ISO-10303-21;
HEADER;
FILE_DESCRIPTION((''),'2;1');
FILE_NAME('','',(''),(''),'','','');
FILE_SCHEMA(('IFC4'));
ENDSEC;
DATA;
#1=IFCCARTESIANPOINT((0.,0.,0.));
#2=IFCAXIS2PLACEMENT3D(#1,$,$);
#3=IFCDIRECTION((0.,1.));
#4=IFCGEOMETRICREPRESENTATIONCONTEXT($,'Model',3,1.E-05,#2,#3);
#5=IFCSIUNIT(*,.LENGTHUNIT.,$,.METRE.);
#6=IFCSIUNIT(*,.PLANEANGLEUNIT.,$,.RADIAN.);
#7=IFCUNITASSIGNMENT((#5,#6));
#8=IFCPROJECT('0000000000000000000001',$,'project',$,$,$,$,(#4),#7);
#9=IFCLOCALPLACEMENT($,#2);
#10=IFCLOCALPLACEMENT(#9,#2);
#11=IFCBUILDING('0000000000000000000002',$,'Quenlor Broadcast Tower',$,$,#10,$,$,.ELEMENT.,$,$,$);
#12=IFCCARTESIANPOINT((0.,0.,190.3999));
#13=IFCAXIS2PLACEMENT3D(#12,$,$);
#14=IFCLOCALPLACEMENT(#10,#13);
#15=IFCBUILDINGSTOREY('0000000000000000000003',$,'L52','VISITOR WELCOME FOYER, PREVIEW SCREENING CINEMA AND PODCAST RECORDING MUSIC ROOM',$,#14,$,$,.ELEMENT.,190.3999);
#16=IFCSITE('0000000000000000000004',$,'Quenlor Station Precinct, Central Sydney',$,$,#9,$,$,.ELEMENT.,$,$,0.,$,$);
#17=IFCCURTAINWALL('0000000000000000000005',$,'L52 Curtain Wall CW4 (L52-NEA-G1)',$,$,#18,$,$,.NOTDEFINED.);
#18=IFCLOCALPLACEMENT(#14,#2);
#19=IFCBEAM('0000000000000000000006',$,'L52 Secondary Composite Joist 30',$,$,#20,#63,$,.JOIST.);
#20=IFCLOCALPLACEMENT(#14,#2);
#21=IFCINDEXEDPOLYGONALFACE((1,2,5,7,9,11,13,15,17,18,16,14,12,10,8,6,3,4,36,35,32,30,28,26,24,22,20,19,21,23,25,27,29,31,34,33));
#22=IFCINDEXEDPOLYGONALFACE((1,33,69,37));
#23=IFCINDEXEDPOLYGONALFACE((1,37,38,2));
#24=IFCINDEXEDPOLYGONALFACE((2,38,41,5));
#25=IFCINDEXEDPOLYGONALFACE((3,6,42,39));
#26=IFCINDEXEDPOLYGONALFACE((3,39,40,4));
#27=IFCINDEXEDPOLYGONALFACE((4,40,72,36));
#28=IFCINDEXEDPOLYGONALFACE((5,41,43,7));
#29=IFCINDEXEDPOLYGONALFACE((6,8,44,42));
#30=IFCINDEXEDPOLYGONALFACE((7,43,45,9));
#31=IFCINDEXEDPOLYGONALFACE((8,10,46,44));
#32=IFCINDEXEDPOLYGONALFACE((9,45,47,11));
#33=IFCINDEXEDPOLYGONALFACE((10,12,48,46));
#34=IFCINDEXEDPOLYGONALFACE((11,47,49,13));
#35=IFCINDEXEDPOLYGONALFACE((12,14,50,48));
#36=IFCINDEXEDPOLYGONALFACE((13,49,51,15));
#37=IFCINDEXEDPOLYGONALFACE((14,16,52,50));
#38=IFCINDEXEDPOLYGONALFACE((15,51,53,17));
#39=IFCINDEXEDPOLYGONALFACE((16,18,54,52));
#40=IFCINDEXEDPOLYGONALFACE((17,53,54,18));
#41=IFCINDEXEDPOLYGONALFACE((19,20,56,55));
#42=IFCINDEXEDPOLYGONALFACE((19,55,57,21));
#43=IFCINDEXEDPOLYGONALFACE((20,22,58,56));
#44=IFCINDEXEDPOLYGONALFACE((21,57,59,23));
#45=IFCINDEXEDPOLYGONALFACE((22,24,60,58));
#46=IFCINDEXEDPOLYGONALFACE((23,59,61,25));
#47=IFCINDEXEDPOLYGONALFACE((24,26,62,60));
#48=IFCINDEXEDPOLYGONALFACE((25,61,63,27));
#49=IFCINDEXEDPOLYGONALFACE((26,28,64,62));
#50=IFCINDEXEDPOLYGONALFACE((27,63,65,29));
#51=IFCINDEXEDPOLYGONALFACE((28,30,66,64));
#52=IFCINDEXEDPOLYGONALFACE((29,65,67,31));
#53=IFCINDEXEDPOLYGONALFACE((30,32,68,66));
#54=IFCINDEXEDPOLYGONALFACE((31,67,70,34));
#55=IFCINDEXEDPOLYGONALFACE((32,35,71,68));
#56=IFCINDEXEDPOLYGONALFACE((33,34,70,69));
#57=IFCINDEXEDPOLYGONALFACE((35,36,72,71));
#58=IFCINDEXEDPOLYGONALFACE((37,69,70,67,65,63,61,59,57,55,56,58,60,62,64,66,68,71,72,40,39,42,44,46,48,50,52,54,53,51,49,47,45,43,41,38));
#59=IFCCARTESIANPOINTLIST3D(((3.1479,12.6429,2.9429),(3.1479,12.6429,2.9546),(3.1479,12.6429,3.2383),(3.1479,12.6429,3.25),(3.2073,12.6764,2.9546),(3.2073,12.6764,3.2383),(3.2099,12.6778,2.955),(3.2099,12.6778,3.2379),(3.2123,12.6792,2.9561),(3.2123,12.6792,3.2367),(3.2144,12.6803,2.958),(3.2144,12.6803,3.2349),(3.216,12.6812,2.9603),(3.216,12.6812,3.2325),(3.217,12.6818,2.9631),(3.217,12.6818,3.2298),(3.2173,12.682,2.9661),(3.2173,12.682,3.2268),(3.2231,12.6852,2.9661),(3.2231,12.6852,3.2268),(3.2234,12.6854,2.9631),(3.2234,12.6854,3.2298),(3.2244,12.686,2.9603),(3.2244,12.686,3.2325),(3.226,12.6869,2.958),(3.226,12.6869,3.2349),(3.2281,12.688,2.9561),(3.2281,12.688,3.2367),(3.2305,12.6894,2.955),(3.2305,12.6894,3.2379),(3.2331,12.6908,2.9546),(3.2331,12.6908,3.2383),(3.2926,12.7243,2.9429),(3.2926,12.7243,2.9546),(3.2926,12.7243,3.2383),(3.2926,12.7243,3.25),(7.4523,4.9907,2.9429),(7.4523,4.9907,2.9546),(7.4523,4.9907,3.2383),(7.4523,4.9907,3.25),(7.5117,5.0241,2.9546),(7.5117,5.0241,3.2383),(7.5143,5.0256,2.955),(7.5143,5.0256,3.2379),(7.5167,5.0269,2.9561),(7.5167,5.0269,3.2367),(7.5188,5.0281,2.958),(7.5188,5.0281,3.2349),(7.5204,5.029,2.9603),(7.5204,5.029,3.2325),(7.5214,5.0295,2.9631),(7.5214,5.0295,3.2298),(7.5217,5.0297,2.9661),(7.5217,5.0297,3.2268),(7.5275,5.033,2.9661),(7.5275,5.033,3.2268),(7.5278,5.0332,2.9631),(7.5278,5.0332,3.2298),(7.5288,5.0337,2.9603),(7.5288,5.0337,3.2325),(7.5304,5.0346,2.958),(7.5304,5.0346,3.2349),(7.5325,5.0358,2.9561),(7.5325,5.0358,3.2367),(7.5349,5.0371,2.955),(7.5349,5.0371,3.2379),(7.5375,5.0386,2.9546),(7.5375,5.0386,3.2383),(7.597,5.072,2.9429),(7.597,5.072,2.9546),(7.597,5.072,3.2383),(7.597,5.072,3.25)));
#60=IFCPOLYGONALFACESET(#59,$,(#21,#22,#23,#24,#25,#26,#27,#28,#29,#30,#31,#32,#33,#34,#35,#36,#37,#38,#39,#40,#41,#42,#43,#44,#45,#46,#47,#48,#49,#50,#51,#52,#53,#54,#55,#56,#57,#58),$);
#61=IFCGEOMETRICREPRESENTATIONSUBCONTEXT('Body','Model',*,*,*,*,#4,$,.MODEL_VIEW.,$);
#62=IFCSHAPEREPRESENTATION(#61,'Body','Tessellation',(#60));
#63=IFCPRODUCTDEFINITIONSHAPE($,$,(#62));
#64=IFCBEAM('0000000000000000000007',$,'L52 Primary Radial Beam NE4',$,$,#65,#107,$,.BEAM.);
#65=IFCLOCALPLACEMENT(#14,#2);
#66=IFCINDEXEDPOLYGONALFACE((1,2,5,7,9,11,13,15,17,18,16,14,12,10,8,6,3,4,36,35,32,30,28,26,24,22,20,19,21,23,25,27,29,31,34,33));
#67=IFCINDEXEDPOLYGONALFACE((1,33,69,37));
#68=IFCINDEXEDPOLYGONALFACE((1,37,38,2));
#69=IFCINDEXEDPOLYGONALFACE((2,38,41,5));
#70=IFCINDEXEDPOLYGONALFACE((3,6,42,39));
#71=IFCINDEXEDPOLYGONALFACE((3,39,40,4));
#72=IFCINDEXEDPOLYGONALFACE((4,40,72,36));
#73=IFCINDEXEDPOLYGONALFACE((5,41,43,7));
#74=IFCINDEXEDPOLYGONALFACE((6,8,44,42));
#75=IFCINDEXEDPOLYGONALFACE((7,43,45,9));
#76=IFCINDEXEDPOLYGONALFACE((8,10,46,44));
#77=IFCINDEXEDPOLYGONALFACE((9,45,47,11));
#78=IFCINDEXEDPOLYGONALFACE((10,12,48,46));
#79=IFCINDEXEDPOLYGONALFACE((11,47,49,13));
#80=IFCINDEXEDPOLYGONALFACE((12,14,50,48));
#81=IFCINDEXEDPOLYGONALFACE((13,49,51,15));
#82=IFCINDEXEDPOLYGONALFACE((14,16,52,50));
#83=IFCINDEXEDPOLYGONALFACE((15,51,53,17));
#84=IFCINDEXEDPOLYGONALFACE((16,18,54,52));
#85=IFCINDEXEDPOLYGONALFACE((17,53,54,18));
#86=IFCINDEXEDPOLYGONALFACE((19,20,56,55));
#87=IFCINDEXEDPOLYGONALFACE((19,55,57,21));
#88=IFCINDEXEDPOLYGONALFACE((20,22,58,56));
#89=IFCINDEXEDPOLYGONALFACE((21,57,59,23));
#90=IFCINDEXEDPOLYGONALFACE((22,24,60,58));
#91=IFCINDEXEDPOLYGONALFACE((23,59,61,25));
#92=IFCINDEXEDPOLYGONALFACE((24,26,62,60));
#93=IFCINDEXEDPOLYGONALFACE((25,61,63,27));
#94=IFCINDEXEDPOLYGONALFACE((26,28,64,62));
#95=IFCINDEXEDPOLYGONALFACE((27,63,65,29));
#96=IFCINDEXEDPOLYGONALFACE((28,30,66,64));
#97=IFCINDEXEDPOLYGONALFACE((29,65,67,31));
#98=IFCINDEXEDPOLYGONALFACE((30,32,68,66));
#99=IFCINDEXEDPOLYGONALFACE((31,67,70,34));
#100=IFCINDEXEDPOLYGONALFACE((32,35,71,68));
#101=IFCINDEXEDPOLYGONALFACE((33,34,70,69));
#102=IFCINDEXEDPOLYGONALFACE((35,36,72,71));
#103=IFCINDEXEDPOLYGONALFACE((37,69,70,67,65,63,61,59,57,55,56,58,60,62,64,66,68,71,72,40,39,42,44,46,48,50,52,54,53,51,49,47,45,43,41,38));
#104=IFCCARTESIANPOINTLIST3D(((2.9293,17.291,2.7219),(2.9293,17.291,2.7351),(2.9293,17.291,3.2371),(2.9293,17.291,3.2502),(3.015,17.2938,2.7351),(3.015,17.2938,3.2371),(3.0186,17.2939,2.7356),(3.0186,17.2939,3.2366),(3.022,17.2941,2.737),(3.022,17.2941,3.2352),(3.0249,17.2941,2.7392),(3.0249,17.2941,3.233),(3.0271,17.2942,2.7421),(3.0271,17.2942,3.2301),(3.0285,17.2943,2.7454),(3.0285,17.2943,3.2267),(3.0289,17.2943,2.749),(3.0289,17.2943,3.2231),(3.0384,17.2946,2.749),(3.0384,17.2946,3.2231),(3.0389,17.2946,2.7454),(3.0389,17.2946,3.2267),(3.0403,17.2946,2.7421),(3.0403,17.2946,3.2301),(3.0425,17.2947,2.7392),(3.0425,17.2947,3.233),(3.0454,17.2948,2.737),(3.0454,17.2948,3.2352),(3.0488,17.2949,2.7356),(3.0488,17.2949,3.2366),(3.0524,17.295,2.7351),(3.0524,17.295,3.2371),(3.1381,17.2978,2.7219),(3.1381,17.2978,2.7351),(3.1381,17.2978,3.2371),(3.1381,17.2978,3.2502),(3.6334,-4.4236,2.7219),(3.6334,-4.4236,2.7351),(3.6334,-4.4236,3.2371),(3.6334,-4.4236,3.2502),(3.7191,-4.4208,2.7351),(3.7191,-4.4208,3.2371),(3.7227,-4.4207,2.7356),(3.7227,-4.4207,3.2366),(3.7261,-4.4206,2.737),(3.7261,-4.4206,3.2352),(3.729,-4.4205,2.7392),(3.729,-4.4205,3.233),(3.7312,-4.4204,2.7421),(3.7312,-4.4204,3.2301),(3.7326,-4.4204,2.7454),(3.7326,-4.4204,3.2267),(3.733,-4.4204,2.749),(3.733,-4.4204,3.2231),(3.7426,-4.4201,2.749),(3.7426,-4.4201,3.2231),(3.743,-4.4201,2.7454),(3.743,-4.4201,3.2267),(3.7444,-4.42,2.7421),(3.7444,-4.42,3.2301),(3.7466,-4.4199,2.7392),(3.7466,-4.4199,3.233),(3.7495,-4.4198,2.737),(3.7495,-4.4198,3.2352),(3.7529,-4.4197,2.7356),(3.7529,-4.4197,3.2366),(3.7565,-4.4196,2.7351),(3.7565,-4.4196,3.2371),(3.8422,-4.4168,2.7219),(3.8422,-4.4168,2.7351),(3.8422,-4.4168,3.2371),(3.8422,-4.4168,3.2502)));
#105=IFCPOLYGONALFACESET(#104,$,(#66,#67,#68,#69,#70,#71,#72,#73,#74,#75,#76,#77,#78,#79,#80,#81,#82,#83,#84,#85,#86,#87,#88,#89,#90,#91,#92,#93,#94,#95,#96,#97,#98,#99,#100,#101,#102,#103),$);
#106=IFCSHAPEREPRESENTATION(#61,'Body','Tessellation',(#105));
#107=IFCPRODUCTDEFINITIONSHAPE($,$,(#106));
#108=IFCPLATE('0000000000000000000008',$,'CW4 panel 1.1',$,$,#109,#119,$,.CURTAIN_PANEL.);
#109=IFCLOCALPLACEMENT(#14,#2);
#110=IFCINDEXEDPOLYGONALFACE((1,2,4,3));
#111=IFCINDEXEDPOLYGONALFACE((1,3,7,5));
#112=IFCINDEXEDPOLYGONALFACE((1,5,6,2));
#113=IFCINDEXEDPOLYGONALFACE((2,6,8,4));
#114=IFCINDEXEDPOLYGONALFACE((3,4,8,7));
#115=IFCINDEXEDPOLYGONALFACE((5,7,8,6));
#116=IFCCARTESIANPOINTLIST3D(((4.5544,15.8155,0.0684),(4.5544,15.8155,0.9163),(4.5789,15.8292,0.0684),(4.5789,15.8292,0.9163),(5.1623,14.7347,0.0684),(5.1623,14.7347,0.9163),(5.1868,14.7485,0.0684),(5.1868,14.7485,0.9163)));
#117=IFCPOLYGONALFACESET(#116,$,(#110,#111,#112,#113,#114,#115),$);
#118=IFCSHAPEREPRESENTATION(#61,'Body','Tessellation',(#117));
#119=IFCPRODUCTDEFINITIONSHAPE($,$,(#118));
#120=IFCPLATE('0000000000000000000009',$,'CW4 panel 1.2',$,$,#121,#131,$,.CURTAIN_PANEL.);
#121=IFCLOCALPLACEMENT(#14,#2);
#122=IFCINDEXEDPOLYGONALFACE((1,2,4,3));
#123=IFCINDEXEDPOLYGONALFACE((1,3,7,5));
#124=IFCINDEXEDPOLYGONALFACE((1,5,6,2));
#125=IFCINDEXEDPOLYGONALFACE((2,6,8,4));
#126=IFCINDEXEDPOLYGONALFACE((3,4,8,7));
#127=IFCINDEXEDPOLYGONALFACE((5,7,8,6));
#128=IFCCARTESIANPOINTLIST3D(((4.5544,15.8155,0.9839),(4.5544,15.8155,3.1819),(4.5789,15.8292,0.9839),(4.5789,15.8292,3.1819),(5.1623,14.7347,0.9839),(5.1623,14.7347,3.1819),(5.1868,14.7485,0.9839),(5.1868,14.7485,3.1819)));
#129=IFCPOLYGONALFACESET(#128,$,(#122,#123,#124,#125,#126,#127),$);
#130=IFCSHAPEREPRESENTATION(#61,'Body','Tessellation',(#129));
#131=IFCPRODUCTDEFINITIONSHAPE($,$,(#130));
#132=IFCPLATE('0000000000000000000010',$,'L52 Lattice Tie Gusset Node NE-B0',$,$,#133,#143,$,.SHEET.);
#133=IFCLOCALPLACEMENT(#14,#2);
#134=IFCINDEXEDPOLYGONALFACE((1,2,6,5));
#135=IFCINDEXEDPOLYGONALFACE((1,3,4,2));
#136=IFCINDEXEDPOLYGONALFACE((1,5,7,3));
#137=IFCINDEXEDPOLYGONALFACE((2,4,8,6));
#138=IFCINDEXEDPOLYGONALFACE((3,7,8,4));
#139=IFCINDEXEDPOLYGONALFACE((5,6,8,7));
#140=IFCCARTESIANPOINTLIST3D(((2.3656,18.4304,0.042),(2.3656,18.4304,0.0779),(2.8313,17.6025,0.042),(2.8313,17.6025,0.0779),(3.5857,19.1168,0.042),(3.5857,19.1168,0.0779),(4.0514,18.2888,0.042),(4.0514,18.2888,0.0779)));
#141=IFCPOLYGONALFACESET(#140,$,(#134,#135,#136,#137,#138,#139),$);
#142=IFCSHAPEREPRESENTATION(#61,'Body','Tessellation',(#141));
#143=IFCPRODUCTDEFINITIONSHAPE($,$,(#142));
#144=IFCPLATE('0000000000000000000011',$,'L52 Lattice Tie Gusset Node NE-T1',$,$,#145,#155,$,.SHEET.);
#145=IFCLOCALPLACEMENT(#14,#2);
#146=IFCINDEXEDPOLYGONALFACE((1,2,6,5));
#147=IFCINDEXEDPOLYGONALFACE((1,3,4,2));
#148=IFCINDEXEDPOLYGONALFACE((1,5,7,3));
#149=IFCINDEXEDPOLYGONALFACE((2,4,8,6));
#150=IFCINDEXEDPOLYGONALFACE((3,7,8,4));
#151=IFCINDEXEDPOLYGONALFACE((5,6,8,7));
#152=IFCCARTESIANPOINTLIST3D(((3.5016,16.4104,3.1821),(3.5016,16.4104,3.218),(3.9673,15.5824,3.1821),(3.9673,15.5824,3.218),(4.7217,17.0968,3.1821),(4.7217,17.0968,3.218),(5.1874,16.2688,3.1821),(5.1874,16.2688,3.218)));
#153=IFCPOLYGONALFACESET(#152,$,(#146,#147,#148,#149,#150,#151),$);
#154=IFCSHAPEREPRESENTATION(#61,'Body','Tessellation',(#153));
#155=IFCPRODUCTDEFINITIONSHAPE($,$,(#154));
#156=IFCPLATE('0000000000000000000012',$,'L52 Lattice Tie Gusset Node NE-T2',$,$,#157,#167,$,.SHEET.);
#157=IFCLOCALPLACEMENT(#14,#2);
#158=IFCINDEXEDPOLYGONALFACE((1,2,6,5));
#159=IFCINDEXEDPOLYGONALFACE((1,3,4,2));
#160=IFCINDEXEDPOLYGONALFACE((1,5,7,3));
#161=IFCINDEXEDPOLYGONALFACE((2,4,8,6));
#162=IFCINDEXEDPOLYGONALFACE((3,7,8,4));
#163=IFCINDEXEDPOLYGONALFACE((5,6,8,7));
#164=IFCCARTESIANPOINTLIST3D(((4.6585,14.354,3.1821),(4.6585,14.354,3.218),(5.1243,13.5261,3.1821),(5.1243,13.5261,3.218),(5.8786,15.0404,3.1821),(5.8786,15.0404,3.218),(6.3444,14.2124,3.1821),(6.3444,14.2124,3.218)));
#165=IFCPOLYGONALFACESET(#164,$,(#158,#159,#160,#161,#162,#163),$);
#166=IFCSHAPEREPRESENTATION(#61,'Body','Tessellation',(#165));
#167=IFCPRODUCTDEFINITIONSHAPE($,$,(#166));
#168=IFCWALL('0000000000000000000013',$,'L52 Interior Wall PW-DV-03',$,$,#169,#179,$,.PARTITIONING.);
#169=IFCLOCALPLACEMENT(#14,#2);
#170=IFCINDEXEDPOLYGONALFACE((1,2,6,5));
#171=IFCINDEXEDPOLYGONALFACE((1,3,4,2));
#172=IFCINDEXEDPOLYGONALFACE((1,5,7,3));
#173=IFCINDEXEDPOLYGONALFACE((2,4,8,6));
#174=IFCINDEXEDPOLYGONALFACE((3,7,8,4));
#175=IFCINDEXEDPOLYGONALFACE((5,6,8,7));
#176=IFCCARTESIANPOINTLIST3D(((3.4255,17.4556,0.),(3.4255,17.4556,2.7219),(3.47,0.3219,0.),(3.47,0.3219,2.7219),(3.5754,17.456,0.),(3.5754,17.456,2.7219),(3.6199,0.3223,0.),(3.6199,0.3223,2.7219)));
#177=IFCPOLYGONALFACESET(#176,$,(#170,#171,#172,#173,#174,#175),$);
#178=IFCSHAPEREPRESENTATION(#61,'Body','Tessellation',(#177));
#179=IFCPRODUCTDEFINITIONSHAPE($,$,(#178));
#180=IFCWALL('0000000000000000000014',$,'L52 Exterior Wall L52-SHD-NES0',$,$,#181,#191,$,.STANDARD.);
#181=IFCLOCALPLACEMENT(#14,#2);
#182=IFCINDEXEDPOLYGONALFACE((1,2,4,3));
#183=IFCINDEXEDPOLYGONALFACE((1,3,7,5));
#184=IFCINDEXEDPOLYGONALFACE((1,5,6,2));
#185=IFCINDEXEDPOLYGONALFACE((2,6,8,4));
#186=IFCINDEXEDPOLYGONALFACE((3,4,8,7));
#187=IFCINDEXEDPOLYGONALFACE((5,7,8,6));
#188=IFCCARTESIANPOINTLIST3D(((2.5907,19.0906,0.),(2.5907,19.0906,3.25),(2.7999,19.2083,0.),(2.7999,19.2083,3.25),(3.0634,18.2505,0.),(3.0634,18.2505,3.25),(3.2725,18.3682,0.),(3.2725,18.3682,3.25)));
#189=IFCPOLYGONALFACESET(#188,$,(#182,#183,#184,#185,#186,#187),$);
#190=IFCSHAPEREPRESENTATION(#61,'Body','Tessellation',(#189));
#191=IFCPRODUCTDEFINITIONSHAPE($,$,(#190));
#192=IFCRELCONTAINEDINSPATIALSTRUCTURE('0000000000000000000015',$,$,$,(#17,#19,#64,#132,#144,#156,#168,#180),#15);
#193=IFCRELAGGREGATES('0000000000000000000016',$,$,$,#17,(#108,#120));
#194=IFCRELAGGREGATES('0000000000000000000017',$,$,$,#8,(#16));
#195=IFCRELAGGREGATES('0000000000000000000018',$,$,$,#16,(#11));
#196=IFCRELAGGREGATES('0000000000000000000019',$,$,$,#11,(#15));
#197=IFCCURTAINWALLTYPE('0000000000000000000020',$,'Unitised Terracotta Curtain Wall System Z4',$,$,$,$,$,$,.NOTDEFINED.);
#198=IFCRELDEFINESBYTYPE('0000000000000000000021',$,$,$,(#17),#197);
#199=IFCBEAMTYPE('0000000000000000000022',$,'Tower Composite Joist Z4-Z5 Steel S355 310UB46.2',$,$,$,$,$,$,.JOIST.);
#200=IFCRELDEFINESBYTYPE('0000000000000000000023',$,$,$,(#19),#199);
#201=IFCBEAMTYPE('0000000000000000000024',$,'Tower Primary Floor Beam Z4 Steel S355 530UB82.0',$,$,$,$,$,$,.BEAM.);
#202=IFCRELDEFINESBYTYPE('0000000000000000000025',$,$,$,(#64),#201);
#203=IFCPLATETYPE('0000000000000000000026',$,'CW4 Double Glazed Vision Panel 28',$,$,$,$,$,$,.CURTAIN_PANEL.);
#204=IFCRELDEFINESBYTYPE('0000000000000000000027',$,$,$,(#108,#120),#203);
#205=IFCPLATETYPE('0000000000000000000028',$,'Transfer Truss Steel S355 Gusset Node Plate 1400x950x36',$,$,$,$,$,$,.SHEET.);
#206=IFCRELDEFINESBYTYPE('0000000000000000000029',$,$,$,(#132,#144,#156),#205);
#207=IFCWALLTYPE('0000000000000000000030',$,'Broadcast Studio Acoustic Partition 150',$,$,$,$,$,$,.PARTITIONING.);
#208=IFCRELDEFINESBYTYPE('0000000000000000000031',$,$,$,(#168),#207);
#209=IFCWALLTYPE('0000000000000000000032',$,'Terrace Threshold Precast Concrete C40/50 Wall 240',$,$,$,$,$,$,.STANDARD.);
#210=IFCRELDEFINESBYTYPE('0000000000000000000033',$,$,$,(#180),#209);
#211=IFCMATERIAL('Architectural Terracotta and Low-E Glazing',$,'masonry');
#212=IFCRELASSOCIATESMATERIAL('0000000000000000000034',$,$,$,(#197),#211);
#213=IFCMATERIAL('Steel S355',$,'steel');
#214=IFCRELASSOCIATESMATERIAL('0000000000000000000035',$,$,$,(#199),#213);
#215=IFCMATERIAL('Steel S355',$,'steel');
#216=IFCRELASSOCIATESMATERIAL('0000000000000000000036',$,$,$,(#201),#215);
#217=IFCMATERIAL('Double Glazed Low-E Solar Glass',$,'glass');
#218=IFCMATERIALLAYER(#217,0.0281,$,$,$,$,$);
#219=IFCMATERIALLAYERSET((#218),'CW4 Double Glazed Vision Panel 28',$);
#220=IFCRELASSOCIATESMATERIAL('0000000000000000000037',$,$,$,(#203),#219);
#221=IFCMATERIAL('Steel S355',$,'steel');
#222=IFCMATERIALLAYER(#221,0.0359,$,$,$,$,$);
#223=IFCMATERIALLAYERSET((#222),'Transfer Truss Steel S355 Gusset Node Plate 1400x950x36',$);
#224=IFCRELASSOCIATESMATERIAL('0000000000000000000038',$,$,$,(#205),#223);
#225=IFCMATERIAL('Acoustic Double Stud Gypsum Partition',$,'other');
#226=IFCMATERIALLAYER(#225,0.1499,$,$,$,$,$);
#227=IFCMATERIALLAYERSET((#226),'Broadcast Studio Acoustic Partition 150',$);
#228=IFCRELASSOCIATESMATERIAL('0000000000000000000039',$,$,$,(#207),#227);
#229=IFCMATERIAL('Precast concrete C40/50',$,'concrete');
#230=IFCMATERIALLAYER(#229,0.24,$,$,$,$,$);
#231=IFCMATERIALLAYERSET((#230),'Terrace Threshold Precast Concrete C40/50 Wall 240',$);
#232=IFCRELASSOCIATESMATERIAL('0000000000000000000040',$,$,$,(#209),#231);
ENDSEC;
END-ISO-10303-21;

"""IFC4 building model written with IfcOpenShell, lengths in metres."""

from ifc_helpers import new_model, si_unit, direction, frame, frame_2d, origin, origin_2d, place, context, subcontext, project, spatial, rectangle, i_section, extrude, material, layer, layer_set, material_profile, profile_set, type_object, element, aggregate, save


model = new_model("IFC4")

# Units and contexts
model_context = context("Model", 3, precision=1e-05, world=origin(), true_north=direction((0.0, 1.0)))
body_context = subcontext(model_context, "Body", "Model", "MODEL_VIEW")
ifc_project = project(units=[si_unit("LENGTHUNIT", "METRE"), si_unit("PLANEANGLEUNIT", "RADIAN")], contexts=[model_context])

# Site, building, storey
site_placement = place(None, origin())
site = spatial("IfcSite", under=ifc_project, at=site_placement, Name="Quenlor Station Precinct, Central Sydney", CompositionType="ELEMENT", RefElevation=0.0)
building_placement = place(site_placement, origin())
building = spatial("IfcBuilding", under=site, at=building_placement, Name="Quenlor Broadcast Tower", CompositionType="ELEMENT")
storey_placement = place(building_placement, frame((0.0, 0.0, 190.3999)))
storey = spatial("IfcBuildingStorey", under=building, at=storey_placement, Name="L52", Description="VISITOR WELCOME FOYER, PREVIEW SCREENING CINEMA AND PODCAST RECORDING MUSIC ROOM", CompositionType="ELEMENT", Elevation=190.3999)

# Curtain wall
ifc_material_1 = material(Name="Architectural Terracotta and Low-E Glazing", Category="masonry")
curtain_wall_type = type_object("IfcCurtainWallType", Name="Unitised Terracotta Curtain Wall System Z4", PredefinedType="NOTDEFINED", material=ifc_material_1)
curtain_wall_placement = place(storey_placement, origin())
curtain_wall = element("IfcCurtainWall", 1, at=curtain_wall_placement, inside=storey, type_object=curtain_wall_type, Name="L52 Curtain Wall CW4 (L52-NEA-G1)", PredefinedType="NOTDEFINED")

# Beams
ifc_material_2 = material(Name="Steel S355", Category="steel")
ifc_material_profile_1 = material_profile(ifc_material_2, i_section(OverallWidth=0.166, OverallDepth=0.3071, WebThickness=0.0066, FlangeThickness=0.0117, FilletRadius=0.0115, at=origin_2d()))
ifc_profile_set_1 = profile_set([ifc_material_profile_1], Name="Steel S355 310UB46.2")
beam_type_1 = type_object("IfcBeamType", Name="Tower Composite Joist Z4-Z5 Steel S355 310UB46.2", PredefinedType="JOIST", material=ifc_profile_set_1)
beam_1_placement = place(storey_placement, frame((3.2202, 12.6836, 3.0964), z_axis=(0.490261, -0.871576, 0.0), x_axis=(0.871576, 0.490261, 0.0)))
element("IfcBeam", 2, at=beam_1_placement, inside=storey, type_object=beam_type_1, Name="L52 Secondary Composite Joist 30", PredefinedType="JOIST", context=body_context, shape_type="SweptSolid", body=[
    extrude(i_section(OverallWidth=0.166, OverallDepth=0.3071, WebThickness=0.0066, FlangeThickness=0.0117, FilletRadius=0.0115, at=origin_2d()), origin(), (0.0, 0.0, 1.0), 8.7798),
])
ifc_material_3 = material(Name="Steel S355", Category="steel")
ifc_material_profile_2 = material_profile(ifc_material_3, i_section(OverallWidth=0.209, OverallDepth=0.5283, WebThickness=0.0095, FlangeThickness=0.0132, FilletRadius=0.0139, at=origin_2d()))
ifc_profile_set_2 = profile_set([ifc_material_profile_2], Name="Steel S355 530UB82.0")
beam_type_2 = type_object("IfcBeamType", Name="Tower Primary Floor Beam Z4 Steel S355 530UB82.0", PredefinedType="BEAM", material=ifc_profile_set_2)
beam_2_placement = place(storey_placement, frame((3.0337, 17.2944, 2.9861), z_axis=(0.032408, -0.999475, 0.0), x_axis=(0.999475, 0.032408, 0.0)))
element("IfcBeam", 3, at=beam_2_placement, inside=storey, type_object=beam_type_2, Name="L52 Primary Radial Beam NE4", PredefinedType="BEAM", context=body_context, shape_type="SweptSolid", body=[
    extrude(i_section(OverallWidth=0.209, OverallDepth=0.5283, WebThickness=0.0095, FlangeThickness=0.0132, FilletRadius=0.0139, at=origin_2d()), origin(), (0.0, 0.0, 1.0), 21.7261),
])

# Plates
ifc_material_4 = material(Name="Double Glazed Low-E Solar Glass", Category="glass")
ifc_layer_1 = layer(ifc_material_4, 0.0281)
ifc_layer_set_1 = layer_set([ifc_layer_1], Name="CW4 Double Glazed Vision Panel 28")
plate_type_1 = type_object("IfcPlateType", Name="CW4 Double Glazed Vision Panel 28", PredefinedType="CURTAIN_PANEL", material=ifc_layer_set_1)
plate_1_placement = place(storey_placement, frame((4.8706, 15.282, 0.0684), z_axis=(0.0, 0.0, 1.0), x_axis=(0.490289, -0.87156, 0.0)))
plate_1 = element("IfcPlate", 4, at=plate_1_placement, type_object=plate_type_1, Name="CW4 panel 1.1", PredefinedType="CURTAIN_PANEL", context=body_context, shape_type="SweptSolid", body=[
    extrude(rectangle(XDim=1.24, YDim=0.0281, at=origin_2d()), origin(), (0.0, 0.0, 1.0), 0.8479),
])
plate_2_placement = place(storey_placement, frame((4.8706, 15.282, 0.9839), z_axis=(0.0, 0.0, 1.0), x_axis=(0.490289, -0.87156, 0.0)))
plate_2 = element("IfcPlate", 5, at=plate_2_placement, type_object=plate_type_1, Name="CW4 panel 1.2", PredefinedType="CURTAIN_PANEL", context=body_context, shape_type="SweptSolid", body=[
    extrude(rectangle(XDim=1.24, YDim=0.0281, at=origin_2d()), origin(), (0.0, 0.0, 1.0), 2.198),
])
aggregate(curtain_wall, [plate_1, plate_2])

# Plates
ifc_material_5 = material(Name="Steel S355", Category="steel")
ifc_layer_2 = layer(ifc_material_5, 0.0359)
ifc_layer_set_2 = layer_set([ifc_layer_2], Name="Transfer Truss Steel S355 Gusset Node Plate 1400x950x36")
plate_type_2 = type_object("IfcPlateType", Name="Transfer Truss Steel S355 Gusset Node Plate 1400x950x36", PredefinedType="SHEET", material=ifc_layer_set_2)
for number, where, z_axis, x_axis, name in (
    (6, (3.2085, 18.3596, 0.042), (0.0, 0.0, 1.0), (0.871556, 0.490295, 0.0), "L52 Lattice Tie Gusset Node NE-B0"),
    (7, (4.3445, 16.3396, 3.1821), (0.0, 0.0, 1.0), (0.871556, 0.490295, 0.0), "L52 Lattice Tie Gusset Node NE-T1"),
    (8, (5.5015, 14.2832, 3.1821), (0.0, 0.0, 1.0), (0.871556, 0.490295, 0.0), "L52 Lattice Tie Gusset Node NE-T2"),
):
    element("IfcPlate", number, at=place(storey_placement, frame(where, z_axis=z_axis, x_axis=x_axis)), inside=storey, type_object=plate_type_2, Name=name, PredefinedType="SHEET", context=body_context, shape_type="SweptSolid", body=[
        extrude(rectangle(XDim=1.3999, YDim=0.95, at=origin_2d()), origin(), (0.0, 0.0, 1.0), 0.0359),
    ])

# Walls
ifc_material_6 = material(Name="Acoustic Double Stud Gypsum Partition", Category="other")
ifc_layer_3 = layer(ifc_material_6, 0.1499)
ifc_layer_set_3 = layer_set([ifc_layer_3], Name="Broadcast Studio Acoustic Partition 150")
wall_type_1 = type_object("IfcWallType", Name="Broadcast Studio Acoustic Partition 150", PredefinedType="PARTITIONING", material=ifc_layer_set_3)
wall_1_placement = place(storey_placement, frame((3.5005, 17.4558, 0.0), z_axis=(0.0, 0.0, 1.0), x_axis=(0.002593, -0.999997, 0.0)))
element("IfcWall", 9, at=wall_1_placement, inside=storey, type_object=wall_type_1, Name="L52 Interior Wall PW-DV-03", PredefinedType="PARTITIONING", context=body_context, shape_type="SweptSolid", body=[
    extrude(rectangle(XDim=17.1338, YDim=0.1499, at=frame_2d((8.5669, 0.0))), origin(), (0.0, 0.0, 1.0), 2.7219),
])
ifc_material_7 = material(Name="Precast concrete C40/50", Category="concrete")
ifc_layer_4 = layer(ifc_material_7, 0.24)
ifc_layer_set_4 = layer_set([ifc_layer_4], Name="Terrace Threshold Precast Concrete C40/50 Wall 240")
wall_type_2 = type_object("IfcWallType", Name="Terrace Threshold Precast Concrete C40/50 Wall 240", PredefinedType="STANDARD", material=ifc_layer_set_4)
wall_2_placement = place(storey_placement, frame((2.6953, 19.1494, 0.0), z_axis=(0.0, 0.0, 1.0), x_axis=(0.490345, -0.871528, 0.0)))
element("IfcWall", 10, at=wall_2_placement, inside=storey, type_object=wall_type_2, Name="L52 Exterior Wall L52-SHD-NES0", PredefinedType="STANDARD", context=body_context, shape_type="SweptSolid", body=[
    extrude(rectangle(XDim=0.9639, YDim=0.24, at=frame_2d((0.4819, 0.0))), origin(), (0.0, 0.0, 1.0), 3.25),
])

save(model, "model.ifc")
